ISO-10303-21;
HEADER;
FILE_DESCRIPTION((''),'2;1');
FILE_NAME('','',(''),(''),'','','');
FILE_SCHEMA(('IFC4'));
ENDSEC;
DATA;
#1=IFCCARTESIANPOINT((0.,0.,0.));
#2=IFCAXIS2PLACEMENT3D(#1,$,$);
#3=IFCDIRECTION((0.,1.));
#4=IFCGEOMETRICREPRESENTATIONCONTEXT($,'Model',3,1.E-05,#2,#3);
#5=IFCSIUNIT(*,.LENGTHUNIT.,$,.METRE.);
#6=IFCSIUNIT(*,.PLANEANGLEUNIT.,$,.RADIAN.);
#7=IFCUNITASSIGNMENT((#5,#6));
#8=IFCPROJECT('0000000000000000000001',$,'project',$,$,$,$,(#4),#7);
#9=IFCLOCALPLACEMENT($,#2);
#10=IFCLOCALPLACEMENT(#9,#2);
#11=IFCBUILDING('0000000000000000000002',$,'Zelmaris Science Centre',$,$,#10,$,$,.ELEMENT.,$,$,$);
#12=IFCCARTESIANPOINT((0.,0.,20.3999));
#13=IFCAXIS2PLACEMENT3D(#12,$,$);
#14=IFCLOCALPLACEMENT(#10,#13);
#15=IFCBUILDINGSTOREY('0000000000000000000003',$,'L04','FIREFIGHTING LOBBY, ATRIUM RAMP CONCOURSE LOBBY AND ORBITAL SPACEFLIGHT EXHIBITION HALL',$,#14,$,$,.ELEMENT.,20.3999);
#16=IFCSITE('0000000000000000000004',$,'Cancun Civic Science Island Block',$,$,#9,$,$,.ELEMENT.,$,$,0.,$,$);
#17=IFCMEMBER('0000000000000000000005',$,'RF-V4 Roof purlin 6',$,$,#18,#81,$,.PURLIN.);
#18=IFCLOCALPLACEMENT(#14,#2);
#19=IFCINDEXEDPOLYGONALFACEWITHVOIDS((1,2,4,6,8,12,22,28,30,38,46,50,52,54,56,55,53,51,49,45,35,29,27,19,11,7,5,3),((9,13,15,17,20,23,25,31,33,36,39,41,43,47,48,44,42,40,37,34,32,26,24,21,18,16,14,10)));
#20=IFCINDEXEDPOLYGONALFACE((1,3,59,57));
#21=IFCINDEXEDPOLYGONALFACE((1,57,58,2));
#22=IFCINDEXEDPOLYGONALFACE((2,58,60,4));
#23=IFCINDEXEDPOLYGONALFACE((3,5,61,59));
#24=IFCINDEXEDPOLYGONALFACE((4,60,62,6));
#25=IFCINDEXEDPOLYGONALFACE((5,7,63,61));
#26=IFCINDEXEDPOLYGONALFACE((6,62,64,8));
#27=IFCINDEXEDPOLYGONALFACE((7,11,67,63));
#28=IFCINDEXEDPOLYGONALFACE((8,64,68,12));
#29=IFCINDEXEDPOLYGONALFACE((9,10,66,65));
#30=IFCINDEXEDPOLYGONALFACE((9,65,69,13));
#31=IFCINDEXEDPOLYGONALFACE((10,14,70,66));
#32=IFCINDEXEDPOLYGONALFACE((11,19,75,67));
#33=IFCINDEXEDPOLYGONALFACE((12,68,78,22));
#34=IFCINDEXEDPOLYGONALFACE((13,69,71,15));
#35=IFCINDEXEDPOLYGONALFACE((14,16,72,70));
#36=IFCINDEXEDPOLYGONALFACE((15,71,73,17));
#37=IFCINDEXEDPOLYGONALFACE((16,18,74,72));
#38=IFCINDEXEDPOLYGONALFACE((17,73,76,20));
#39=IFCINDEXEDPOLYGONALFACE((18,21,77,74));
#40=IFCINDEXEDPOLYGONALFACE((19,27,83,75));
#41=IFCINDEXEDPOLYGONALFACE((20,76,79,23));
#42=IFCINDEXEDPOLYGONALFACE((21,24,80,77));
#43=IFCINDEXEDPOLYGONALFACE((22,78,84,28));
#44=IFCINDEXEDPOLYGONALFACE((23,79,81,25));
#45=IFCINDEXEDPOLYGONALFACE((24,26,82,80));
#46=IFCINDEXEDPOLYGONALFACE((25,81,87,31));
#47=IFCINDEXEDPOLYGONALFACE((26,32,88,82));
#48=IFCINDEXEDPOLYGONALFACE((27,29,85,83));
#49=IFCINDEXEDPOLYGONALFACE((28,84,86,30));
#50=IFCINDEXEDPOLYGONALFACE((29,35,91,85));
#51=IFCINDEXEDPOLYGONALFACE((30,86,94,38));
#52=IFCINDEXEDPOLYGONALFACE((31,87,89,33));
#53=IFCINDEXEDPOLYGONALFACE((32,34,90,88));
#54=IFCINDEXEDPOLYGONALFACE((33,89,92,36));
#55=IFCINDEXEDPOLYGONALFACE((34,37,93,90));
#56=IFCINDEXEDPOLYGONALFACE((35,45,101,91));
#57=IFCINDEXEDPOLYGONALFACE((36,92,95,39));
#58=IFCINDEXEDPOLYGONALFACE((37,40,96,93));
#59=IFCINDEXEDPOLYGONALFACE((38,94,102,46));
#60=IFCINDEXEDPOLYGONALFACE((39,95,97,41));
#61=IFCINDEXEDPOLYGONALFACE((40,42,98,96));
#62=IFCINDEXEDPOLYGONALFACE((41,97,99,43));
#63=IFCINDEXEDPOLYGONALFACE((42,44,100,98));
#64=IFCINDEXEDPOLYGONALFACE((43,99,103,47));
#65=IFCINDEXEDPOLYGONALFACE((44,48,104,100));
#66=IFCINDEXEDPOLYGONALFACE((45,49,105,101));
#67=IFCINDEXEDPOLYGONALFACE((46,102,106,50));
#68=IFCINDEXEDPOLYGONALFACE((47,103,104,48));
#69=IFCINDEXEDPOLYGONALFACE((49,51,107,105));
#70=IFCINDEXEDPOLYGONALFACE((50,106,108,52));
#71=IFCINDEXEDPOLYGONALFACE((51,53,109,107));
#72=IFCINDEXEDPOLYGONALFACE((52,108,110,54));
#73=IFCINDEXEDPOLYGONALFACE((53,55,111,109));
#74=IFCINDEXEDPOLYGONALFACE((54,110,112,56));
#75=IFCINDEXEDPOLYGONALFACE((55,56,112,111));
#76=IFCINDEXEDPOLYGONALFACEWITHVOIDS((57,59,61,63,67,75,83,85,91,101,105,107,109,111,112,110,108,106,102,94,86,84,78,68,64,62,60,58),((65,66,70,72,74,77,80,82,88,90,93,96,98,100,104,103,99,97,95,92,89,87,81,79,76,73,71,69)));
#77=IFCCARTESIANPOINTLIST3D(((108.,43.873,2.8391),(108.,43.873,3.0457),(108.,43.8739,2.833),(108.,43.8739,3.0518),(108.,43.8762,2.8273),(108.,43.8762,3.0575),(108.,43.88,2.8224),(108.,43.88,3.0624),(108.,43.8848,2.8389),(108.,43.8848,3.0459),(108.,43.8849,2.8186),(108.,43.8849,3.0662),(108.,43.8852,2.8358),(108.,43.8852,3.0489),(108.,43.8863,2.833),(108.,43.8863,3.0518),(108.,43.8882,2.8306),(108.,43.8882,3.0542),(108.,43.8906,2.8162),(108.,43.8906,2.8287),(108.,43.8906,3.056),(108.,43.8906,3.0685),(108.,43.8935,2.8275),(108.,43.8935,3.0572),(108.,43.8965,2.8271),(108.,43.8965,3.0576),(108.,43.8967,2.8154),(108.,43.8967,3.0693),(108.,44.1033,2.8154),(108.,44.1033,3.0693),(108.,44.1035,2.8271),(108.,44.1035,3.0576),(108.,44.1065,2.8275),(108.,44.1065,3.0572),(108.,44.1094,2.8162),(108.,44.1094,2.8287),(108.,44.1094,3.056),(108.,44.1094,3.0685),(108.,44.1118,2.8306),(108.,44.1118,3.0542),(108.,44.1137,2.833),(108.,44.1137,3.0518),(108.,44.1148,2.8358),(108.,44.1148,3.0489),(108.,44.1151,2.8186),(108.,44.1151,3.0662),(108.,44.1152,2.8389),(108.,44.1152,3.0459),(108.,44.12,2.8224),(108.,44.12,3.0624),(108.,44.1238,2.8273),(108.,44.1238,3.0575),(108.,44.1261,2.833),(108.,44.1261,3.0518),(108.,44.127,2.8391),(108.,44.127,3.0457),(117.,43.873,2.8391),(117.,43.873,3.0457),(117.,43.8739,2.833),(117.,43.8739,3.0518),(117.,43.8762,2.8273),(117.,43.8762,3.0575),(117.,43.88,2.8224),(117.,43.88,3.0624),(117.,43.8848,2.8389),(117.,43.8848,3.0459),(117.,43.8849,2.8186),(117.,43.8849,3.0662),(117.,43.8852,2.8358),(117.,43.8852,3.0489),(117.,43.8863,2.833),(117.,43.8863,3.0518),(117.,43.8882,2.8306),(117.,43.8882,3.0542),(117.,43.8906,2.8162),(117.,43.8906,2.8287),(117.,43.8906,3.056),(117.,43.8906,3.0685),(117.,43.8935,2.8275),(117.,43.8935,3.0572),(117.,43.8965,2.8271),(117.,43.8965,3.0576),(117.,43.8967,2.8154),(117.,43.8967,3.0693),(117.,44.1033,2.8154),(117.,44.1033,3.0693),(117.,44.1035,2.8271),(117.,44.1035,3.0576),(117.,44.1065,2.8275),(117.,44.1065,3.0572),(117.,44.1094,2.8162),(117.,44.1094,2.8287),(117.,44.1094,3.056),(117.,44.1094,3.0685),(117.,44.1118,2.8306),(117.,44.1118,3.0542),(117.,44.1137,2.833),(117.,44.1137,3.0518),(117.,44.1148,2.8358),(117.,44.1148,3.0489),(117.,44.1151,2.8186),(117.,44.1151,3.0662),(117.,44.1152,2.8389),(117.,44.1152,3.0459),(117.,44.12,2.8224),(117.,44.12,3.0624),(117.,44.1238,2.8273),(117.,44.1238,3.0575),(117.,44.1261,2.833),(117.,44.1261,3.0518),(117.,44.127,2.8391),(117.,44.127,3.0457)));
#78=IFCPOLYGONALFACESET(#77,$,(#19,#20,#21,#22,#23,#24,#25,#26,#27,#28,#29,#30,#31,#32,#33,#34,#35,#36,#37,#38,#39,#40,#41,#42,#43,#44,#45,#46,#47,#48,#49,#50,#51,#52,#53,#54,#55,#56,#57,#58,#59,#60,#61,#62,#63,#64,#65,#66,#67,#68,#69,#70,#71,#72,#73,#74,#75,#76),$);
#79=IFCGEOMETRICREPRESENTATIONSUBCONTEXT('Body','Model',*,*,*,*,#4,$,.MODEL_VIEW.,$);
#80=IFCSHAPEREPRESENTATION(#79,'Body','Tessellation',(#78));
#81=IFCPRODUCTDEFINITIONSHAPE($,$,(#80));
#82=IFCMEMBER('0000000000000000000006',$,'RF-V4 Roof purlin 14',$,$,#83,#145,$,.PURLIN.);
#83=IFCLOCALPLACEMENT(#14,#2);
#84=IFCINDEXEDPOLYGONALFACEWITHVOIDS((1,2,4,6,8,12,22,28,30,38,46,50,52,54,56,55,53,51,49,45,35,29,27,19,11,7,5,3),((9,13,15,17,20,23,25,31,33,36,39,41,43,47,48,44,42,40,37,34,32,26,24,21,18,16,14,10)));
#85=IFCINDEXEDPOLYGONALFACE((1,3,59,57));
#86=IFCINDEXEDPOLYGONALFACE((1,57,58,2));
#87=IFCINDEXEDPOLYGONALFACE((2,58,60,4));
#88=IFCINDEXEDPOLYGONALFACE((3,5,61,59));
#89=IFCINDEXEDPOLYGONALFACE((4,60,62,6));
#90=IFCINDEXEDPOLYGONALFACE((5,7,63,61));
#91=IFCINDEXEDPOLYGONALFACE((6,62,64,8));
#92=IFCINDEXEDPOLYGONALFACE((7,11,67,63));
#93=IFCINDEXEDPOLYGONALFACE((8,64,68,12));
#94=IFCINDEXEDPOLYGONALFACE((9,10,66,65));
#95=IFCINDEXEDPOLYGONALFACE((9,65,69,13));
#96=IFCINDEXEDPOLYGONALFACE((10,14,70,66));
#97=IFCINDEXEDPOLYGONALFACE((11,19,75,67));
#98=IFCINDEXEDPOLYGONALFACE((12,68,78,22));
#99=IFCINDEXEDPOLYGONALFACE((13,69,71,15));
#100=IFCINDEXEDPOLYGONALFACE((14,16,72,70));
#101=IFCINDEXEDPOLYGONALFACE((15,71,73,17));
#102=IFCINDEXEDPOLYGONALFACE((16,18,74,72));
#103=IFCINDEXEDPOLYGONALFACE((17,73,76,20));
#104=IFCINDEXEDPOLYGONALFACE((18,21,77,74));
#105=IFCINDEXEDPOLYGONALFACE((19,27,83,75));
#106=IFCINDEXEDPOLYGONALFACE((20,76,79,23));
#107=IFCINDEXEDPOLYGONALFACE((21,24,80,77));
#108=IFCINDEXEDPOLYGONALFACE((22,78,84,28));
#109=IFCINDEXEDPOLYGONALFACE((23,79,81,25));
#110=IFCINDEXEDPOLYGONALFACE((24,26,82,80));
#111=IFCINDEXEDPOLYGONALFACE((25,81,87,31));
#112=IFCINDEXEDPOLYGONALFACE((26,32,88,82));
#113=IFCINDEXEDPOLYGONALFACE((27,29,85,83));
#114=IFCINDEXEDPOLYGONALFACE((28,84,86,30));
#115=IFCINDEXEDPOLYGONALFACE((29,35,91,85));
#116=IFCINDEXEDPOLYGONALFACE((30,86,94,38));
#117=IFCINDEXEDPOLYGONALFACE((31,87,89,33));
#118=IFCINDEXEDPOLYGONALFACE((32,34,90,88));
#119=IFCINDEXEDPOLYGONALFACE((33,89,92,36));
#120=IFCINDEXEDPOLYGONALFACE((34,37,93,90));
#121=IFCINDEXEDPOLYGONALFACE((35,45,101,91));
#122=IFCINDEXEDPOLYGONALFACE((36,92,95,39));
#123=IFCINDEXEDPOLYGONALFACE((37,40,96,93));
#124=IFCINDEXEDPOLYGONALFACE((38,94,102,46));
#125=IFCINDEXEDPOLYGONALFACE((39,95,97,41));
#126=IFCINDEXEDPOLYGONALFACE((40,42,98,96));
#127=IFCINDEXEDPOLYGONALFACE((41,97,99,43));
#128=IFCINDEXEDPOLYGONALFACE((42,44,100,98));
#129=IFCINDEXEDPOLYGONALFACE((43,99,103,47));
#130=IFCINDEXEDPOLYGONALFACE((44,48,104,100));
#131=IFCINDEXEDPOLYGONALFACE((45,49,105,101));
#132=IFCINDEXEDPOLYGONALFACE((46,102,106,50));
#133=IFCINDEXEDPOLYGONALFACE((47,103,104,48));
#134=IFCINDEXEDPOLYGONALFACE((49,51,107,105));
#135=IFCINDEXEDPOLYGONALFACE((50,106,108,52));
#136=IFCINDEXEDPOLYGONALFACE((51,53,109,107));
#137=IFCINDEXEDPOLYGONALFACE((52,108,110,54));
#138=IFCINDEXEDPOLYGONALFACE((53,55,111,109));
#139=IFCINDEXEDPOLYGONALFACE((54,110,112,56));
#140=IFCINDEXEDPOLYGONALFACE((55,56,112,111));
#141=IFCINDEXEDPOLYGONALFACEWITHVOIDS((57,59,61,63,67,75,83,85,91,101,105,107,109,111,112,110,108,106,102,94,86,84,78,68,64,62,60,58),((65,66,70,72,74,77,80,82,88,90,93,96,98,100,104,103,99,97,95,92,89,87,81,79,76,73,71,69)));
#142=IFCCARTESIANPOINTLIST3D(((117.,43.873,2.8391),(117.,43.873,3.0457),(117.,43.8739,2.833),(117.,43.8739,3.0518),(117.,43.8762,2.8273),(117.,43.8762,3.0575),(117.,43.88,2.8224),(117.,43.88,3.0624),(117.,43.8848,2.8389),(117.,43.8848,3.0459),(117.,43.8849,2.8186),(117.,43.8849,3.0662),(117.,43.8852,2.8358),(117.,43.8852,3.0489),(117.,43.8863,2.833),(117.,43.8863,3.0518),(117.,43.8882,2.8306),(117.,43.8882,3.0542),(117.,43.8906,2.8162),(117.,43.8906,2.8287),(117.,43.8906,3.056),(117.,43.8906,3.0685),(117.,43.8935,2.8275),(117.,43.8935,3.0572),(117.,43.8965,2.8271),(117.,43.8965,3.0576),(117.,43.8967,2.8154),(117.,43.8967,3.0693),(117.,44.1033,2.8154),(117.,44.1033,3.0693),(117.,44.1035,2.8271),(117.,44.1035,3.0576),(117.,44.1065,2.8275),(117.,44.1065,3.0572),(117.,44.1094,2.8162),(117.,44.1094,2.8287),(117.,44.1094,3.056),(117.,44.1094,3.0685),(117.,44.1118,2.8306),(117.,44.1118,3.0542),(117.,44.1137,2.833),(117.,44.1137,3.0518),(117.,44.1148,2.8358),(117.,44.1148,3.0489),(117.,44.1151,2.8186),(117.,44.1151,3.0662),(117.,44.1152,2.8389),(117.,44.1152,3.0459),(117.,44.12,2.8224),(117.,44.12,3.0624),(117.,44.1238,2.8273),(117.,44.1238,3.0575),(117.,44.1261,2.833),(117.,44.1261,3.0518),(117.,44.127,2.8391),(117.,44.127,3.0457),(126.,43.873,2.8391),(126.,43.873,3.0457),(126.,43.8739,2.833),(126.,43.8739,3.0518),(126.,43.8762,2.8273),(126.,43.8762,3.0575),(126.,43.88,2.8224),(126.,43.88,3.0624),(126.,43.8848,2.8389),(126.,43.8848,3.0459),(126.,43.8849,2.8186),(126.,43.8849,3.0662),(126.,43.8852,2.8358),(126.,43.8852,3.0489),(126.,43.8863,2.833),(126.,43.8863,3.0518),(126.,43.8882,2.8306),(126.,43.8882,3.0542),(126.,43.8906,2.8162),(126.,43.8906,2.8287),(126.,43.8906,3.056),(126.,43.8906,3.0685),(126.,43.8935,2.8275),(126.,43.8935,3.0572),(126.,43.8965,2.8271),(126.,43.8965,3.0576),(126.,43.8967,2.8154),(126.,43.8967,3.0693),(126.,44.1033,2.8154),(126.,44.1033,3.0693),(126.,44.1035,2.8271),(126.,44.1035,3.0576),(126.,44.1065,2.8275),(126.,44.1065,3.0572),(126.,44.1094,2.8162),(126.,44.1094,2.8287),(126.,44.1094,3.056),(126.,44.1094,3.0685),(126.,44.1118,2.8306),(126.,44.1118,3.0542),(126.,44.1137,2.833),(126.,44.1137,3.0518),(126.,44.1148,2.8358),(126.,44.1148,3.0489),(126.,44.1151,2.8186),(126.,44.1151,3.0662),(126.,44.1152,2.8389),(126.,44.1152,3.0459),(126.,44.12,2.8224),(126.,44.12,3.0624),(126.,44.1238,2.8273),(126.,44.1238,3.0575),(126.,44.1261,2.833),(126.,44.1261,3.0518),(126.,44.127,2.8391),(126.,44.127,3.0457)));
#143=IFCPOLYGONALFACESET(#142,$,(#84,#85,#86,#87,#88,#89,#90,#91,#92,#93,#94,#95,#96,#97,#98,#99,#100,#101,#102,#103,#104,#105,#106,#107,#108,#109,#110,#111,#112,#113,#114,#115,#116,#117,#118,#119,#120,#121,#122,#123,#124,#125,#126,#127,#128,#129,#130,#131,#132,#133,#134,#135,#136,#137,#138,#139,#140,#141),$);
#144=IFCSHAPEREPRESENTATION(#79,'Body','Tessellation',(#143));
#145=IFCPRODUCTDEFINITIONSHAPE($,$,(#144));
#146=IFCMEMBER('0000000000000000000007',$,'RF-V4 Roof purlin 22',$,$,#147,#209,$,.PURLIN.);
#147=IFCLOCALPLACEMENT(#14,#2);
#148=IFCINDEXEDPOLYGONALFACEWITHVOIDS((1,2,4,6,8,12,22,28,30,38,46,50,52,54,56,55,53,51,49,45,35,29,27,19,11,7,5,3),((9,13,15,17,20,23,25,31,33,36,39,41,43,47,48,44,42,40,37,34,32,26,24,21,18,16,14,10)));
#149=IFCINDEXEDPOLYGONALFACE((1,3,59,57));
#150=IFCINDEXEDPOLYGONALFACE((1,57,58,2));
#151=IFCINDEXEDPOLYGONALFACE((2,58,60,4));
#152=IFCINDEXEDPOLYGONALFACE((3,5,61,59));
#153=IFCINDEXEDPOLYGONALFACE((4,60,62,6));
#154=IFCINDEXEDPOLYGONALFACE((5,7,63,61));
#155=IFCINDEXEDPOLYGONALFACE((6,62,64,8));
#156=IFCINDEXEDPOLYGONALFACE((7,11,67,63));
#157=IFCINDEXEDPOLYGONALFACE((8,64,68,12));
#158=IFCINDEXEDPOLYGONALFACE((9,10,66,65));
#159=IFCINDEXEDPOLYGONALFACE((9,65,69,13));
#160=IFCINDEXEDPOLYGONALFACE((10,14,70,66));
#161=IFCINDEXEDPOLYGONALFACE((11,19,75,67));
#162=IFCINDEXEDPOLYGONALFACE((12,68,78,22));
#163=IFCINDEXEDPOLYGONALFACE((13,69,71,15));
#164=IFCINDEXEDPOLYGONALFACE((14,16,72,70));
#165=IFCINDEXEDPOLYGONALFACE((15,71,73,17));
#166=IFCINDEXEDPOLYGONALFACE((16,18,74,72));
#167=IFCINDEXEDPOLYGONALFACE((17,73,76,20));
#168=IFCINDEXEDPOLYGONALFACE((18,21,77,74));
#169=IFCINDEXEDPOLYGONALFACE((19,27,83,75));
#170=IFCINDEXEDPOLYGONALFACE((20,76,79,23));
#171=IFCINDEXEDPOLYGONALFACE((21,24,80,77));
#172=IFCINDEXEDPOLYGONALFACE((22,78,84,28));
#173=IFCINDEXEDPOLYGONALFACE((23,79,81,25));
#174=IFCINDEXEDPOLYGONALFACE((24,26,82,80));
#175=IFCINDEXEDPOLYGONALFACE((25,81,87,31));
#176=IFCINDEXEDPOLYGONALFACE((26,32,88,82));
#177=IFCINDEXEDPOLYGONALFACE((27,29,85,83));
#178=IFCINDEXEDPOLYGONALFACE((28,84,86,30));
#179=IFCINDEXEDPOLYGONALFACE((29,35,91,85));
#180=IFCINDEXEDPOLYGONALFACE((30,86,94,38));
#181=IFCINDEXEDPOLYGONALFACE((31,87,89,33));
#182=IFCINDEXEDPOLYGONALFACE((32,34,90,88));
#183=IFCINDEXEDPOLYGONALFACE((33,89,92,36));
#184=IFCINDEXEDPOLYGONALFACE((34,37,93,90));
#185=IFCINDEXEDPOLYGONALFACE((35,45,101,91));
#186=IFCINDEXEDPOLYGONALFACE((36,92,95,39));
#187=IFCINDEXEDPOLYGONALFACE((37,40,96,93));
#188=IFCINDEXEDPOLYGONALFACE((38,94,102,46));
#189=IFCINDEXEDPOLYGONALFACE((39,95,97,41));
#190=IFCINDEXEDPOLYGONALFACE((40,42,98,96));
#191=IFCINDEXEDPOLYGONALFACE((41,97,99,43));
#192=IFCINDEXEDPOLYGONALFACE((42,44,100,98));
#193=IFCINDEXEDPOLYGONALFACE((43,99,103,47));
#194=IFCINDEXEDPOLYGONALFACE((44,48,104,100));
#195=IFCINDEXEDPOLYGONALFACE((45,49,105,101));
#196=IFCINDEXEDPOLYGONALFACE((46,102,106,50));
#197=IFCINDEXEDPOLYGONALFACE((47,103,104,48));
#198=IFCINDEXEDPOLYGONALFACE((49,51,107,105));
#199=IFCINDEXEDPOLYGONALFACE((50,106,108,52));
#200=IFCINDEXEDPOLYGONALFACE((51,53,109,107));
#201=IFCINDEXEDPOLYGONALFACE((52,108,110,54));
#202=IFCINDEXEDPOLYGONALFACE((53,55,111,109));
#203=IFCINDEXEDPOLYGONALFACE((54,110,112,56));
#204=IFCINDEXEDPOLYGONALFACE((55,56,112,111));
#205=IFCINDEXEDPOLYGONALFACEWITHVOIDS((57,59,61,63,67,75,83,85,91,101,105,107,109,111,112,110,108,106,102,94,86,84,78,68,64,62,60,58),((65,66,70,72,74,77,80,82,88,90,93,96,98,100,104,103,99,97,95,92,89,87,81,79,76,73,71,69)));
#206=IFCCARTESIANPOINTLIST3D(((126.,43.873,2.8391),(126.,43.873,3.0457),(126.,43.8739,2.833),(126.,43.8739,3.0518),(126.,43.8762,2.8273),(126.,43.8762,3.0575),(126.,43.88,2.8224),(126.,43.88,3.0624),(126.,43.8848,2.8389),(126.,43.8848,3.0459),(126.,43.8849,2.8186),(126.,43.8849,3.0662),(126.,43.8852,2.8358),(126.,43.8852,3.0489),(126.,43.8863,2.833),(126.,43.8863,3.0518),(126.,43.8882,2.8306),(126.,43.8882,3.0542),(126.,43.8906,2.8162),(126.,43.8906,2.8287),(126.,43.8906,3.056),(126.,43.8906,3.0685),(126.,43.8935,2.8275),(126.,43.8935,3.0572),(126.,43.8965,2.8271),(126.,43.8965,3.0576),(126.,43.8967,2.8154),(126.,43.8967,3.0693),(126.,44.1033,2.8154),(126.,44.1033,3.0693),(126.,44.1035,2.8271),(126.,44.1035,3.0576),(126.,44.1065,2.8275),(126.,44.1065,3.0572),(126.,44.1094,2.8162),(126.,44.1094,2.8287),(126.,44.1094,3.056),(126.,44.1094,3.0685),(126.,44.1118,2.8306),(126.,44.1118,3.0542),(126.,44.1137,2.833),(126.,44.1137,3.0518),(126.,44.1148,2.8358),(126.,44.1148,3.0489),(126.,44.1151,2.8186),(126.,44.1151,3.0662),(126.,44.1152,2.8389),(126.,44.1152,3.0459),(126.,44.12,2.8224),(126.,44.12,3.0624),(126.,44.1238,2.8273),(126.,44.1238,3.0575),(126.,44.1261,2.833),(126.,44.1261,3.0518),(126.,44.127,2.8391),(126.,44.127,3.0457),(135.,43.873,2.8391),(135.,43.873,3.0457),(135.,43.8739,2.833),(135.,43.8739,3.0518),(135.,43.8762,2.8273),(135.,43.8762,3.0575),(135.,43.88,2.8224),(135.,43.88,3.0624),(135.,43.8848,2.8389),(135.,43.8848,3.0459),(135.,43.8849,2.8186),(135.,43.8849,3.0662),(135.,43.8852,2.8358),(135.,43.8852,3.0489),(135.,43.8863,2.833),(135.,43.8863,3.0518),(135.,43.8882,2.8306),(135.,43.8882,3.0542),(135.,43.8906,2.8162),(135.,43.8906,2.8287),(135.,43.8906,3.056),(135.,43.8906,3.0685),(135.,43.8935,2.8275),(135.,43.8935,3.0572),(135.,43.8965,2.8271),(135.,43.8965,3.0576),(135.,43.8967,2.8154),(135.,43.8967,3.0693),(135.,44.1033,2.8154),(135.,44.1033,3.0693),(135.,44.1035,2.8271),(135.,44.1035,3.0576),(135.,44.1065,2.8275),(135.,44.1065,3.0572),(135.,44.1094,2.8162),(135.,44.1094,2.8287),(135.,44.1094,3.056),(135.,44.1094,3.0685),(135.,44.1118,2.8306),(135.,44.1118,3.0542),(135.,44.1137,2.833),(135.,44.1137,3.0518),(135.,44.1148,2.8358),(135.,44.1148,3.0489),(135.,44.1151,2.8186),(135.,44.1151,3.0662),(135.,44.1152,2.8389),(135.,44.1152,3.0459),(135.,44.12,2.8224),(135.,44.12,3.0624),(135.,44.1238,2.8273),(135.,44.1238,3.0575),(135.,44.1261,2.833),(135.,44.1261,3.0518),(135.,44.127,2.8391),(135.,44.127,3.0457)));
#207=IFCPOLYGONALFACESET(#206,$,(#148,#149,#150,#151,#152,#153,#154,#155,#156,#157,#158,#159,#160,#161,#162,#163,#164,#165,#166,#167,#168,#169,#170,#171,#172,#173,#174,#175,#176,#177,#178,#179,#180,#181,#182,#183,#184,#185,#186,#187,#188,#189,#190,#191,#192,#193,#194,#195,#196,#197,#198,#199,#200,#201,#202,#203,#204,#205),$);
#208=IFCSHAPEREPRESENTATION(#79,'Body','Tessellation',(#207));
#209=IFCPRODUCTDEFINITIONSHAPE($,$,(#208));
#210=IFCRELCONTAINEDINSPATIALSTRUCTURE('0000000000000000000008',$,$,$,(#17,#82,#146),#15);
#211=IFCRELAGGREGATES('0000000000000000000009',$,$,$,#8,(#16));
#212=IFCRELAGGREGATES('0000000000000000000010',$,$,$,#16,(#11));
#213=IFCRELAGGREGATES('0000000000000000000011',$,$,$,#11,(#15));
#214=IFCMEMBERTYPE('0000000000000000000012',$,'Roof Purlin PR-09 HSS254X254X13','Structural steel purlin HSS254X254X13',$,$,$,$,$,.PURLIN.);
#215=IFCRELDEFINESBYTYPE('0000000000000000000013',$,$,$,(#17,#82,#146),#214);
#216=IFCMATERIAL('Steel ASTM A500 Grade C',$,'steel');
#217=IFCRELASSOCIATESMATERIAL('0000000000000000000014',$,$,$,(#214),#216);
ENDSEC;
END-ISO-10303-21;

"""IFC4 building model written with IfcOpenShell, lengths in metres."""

from ifc_helpers import new_model, si_unit, direction, frame, origin, origin_2d, place, context, subcontext, project, spatial, hollow_rectangle, extrude, material, material_profile, profile_set, type_object, element, save


model = new_model("IFC4")

# Units and contexts
model_context = context("Model", 3, precision=1e-05, world=origin(), true_north=direction((0.0, 1.0)))
body_context = subcontext(model_context, "Body", "Model", "MODEL_VIEW")
ifc_project = project(units=[si_unit("LENGTHUNIT", "METRE"), si_unit("PLANEANGLEUNIT", "RADIAN")], contexts=[model_context])

# Site, building, storey
site_placement = place(None, origin())
site = spatial("IfcSite", under=ifc_project, at=site_placement, Name="Cancun Civic Science Island Block", CompositionType="ELEMENT", RefElevation=0.0)
building_placement = place(site_placement, origin())
building = spatial("IfcBuilding", under=site, at=building_placement, Name="Zelmaris Science Centre", CompositionType="ELEMENT")
storey_placement = place(building_placement, frame((0.0, 0.0, 20.3999)))
storey = spatial("IfcBuildingStorey", under=building, at=storey_placement, Name="L04", Description="FIREFIGHTING LOBBY, ATRIUM RAMP CONCOURSE LOBBY AND ORBITAL SPACEFLIGHT EXHIBITION HALL", CompositionType="ELEMENT", Elevation=20.3999)

# Members
ifc_material = material(Name="Steel ASTM A500 Grade C", Category="steel")
ifc_material_profile_1 = material_profile(ifc_material, hollow_rectangle(XDim=0.2539, YDim=0.2539, WallThickness=0.0117, InnerFilletRadius=0.0117, OuterFilletRadius=0.0237, at=origin_2d()), Name="HSS254X254X13")
ifc_profile_set_1 = profile_set([ifc_material_profile_1], Name="Steel ASTM A500 Grade C")
member_type_1 = type_object("IfcMemberType", Name="Roof Purlin PR-09 HSS254X254X13", Description="Structural steel purlin HSS254X254X13", PredefinedType="PURLIN", material=ifc_profile_set_1)
for number, where, z_axis, x_axis, name in (
    (1, (108.0, 44.0, 2.9424), (1.0, 0.0, 0.0), (0.0, 1.0, 0.0), "RF-V4 Roof purlin 6"),
    (2, (117.0, 44.0, 2.9424), (1.0, 0.0, 0.0), (0.0, 1.0, 0.0), "RF-V4 Roof purlin 14"),
    (3, (126.0, 44.0, 2.9424), (1.0, 0.0, 0.0), (0.0, 1.0, 0.0), "RF-V4 Roof purlin 22"),
):
    element("IfcMember", number, at=place(storey_placement, frame(where, z_axis=z_axis, x_axis=x_axis)), inside=storey, type_object=member_type_1, Name=name, PredefinedType="PURLIN", context=body_context, shape_type="SweptSolid", body=[
        extrude(hollow_rectangle(XDim=0.2539, YDim=0.2539, WallThickness=0.0117, InnerFilletRadius=0.0117, OuterFilletRadius=0.0237, at=origin_2d()), origin(), (0.0, 0.0, 1.0), 9.0),
    ])

save(model, "model.ifc")
